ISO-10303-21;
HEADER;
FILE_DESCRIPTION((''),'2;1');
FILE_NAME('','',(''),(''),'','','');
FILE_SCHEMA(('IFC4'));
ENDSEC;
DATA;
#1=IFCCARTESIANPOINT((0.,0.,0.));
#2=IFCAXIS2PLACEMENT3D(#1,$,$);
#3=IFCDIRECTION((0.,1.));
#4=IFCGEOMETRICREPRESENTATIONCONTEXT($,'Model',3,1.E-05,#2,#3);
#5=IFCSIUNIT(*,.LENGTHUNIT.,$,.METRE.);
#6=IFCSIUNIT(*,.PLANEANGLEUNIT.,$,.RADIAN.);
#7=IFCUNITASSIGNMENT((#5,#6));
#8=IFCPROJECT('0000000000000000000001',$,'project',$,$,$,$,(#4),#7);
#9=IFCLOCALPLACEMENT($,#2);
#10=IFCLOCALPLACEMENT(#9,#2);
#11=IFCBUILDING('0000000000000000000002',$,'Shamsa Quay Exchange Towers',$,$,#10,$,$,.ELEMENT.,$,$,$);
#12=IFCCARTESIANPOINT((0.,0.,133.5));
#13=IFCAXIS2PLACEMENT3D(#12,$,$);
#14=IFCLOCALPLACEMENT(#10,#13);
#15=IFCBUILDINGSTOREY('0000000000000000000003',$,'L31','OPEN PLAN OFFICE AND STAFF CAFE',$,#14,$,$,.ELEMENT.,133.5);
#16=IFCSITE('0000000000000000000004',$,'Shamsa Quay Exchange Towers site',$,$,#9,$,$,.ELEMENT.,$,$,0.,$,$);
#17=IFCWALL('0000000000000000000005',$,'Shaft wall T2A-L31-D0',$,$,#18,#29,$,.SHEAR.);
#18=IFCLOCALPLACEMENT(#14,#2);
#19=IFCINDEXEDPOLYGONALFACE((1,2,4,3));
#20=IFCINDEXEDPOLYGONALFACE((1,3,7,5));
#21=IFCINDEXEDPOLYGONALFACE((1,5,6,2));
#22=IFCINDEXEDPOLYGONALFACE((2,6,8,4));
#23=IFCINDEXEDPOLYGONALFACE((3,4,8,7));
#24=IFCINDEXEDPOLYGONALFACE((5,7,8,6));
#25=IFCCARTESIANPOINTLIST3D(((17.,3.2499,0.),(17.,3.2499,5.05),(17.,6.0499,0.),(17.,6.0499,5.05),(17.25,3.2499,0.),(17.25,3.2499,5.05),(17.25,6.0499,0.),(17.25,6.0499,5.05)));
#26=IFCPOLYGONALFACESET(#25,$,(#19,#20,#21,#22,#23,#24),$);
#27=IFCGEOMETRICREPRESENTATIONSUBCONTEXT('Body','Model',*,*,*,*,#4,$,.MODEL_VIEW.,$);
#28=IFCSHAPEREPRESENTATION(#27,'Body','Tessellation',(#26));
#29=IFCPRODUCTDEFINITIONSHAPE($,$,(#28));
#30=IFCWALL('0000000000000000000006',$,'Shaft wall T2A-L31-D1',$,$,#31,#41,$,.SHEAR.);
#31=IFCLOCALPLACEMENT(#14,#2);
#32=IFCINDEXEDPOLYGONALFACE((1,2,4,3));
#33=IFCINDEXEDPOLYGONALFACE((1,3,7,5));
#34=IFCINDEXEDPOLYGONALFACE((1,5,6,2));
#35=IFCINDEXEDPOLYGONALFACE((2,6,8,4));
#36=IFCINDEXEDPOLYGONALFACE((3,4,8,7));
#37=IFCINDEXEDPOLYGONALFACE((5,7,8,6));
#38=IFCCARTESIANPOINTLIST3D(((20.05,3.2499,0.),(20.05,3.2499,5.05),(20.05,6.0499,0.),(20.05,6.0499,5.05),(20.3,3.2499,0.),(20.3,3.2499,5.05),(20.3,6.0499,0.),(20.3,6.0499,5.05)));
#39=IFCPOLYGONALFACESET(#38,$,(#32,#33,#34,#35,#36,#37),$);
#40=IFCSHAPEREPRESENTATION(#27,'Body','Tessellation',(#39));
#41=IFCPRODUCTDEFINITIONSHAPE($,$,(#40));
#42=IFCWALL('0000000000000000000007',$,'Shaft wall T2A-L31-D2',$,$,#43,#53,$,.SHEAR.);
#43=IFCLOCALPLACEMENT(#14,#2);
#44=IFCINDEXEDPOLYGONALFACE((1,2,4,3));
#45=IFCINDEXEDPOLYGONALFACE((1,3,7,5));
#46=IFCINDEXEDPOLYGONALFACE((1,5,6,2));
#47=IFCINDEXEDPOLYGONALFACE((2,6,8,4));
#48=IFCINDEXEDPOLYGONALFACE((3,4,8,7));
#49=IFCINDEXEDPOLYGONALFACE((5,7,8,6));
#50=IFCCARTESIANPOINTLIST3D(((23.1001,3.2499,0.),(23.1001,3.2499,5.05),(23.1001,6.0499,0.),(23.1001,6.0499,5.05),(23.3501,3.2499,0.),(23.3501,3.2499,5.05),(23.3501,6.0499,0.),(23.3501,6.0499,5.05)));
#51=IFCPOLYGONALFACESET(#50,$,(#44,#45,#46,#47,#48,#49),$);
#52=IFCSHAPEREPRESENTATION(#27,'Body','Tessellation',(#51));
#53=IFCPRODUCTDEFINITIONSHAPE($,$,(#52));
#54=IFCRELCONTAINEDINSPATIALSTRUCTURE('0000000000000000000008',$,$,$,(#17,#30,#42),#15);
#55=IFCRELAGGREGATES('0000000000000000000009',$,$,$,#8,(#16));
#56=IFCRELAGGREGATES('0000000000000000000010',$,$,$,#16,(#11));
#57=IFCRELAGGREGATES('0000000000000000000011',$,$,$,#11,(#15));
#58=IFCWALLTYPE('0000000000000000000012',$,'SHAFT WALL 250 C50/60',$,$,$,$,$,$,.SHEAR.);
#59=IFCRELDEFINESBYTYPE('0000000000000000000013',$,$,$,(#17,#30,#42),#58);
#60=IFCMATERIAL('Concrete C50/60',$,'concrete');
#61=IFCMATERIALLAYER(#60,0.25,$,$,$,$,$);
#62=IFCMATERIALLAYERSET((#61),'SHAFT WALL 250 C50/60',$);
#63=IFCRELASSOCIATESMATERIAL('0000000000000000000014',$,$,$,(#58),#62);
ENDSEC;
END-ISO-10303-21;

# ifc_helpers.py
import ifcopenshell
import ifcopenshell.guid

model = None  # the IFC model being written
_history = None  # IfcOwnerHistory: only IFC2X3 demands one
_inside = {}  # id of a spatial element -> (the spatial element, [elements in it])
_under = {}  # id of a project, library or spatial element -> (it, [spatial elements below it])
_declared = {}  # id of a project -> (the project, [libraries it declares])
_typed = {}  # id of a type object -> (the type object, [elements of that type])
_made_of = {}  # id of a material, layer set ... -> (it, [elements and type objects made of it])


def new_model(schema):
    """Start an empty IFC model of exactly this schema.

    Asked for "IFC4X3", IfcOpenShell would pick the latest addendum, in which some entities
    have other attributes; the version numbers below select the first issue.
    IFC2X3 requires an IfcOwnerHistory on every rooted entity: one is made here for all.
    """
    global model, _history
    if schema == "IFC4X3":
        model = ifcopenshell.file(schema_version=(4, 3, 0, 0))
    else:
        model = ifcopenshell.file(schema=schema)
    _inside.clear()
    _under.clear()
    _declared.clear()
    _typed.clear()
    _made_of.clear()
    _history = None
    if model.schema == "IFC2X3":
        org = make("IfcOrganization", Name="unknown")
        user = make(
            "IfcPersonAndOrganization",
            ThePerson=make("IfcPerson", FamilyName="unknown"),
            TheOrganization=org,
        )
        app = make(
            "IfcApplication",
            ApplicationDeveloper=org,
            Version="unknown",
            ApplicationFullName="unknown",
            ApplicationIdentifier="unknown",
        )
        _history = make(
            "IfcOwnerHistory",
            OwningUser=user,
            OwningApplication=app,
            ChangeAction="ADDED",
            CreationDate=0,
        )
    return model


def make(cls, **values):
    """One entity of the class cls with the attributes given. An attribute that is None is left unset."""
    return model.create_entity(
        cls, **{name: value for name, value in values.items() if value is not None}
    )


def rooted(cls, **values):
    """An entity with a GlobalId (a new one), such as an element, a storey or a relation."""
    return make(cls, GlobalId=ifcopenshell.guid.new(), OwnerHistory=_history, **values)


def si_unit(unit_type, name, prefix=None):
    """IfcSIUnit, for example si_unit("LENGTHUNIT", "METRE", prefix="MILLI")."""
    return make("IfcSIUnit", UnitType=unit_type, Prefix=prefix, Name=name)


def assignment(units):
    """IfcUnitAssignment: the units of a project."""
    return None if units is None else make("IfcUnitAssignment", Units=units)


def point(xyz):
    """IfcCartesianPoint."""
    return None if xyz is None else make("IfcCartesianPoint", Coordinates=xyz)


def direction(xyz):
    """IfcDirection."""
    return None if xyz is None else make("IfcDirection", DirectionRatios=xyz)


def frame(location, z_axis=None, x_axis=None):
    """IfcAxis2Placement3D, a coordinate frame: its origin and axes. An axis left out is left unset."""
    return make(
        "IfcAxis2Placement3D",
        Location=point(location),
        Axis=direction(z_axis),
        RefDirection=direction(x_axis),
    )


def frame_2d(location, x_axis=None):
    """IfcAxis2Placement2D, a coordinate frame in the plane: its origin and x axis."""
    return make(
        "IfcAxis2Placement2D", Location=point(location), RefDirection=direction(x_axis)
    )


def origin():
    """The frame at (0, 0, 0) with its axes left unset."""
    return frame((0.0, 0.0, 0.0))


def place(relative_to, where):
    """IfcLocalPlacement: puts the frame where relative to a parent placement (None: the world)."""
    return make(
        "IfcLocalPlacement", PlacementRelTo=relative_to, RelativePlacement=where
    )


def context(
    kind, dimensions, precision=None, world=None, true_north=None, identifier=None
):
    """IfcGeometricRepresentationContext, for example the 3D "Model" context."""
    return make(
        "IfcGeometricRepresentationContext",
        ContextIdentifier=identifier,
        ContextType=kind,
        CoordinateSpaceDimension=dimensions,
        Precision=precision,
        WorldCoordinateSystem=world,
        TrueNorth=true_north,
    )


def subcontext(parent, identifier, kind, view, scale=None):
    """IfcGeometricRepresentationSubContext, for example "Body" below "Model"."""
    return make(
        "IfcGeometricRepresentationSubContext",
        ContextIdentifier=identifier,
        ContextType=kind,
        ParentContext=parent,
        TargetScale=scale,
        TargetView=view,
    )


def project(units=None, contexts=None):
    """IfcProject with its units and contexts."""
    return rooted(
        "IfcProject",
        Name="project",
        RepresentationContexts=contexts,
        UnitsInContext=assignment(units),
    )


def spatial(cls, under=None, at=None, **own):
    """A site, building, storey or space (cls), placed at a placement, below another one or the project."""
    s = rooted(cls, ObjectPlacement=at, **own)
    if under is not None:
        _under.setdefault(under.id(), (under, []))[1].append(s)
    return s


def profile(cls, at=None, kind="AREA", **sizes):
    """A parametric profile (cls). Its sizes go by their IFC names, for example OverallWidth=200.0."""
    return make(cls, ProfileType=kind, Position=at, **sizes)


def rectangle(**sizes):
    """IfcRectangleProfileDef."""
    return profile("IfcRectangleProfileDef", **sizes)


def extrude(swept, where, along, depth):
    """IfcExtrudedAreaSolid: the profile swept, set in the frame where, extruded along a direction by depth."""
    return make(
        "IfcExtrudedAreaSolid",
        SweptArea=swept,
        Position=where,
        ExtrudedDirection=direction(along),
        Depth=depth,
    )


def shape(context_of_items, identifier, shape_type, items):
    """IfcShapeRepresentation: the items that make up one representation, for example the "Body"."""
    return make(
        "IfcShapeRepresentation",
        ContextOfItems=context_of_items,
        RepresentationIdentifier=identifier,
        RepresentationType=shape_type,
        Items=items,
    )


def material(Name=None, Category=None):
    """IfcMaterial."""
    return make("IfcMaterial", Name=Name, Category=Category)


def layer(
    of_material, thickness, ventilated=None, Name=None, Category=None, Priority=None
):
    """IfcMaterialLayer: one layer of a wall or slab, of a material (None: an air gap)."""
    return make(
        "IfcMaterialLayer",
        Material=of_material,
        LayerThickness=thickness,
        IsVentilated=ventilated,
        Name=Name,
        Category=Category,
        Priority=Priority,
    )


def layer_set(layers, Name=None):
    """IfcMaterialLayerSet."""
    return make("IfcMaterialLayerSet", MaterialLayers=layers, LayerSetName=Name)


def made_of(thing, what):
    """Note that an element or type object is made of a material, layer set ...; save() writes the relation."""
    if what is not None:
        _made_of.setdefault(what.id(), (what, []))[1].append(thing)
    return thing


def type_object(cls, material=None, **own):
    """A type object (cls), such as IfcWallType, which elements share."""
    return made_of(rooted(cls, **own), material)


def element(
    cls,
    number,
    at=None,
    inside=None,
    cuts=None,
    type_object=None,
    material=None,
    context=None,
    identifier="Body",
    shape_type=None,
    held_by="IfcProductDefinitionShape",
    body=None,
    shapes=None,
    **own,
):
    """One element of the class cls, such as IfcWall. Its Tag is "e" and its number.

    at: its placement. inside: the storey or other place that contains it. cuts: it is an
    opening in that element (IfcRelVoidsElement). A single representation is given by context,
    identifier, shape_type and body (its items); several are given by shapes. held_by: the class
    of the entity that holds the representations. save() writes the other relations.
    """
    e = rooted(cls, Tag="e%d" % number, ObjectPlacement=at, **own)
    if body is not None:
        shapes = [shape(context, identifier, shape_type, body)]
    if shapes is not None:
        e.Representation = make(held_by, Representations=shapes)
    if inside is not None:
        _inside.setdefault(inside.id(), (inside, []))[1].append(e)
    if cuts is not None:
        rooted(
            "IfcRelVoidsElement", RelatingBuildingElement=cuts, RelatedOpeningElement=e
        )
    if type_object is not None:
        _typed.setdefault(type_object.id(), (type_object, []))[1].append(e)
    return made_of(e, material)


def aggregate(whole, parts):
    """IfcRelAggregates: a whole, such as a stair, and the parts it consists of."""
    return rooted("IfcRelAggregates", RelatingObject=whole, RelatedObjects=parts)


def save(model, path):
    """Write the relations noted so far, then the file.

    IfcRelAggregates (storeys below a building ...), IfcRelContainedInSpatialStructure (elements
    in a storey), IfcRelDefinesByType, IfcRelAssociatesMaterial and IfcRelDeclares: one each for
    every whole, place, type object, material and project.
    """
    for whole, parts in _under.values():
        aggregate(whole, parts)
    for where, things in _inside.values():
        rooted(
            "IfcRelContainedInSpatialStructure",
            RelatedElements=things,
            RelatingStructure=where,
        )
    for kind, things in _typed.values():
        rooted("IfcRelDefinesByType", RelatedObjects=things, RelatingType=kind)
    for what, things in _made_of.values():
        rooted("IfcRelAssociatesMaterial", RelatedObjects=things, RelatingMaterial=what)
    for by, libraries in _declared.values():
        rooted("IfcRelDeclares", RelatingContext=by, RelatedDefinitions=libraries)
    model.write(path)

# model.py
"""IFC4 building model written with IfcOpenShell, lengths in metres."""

from ifc_helpers import new_model, si_unit, direction, frame, frame_2d, origin, place, context, subcontext, project, spatial, rectangle, extrude, material, layer, layer_set, type_object, element, save


model = new_model("IFC4")

# Units and contexts
model_context = context("Model", 3, precision=1e-05, world=origin(), true_north=direction((0.0, 1.0)))
body_context = subcontext(model_context, "Body", "Model", "MODEL_VIEW")
ifc_project = project(units=[si_unit("LENGTHUNIT", "METRE"), si_unit("PLANEANGLEUNIT", "RADIAN")], contexts=[model_context])

# Site, building, storey
site_placement = place(None, origin())
site = spatial("IfcSite", under=ifc_project, at=site_placement, Name="Shamsa Quay Exchange Towers site", CompositionType="ELEMENT", RefElevation=0.0)
building_placement = place(site_placement, origin())
building = spatial("IfcBuilding", under=site, at=building_placement, Name="Shamsa Quay Exchange Towers", CompositionType="ELEMENT")
storey_placement = place(building_placement, frame((0.0, 0.0, 133.5)))
storey = spatial("IfcBuildingStorey", under=building, at=storey_placement, Name="L31", Description="OPEN PLAN OFFICE AND STAFF CAFE", CompositionType="ELEMENT", Elevation=133.5)

# Walls
ifc_material_1 = material(Name="Concrete C50/60", Category="concrete")
ifc_layer_1 = layer(ifc_material_1, 0.25)
ifc_layer_set_1 = layer_set([ifc_layer_1], Name="SHAFT WALL 250 C50/60")
wall_type_1 = type_object("IfcWallType", Name="SHAFT WALL 250 C50/60", PredefinedType="SHEAR", material=ifc_layer_set_1)
for number, where, z_axis, x_axis, name in (
    (1, (17.125, 3.25, 0.0), (0.0, 0.0, 1.0), (0.0, 1.0, 0.0), "Shaft wall T2A-L31-D0"),
    (2, (20.175, 3.25, 0.0), (0.0, 0.0, 1.0), (0.0, 1.0, 0.0), "Shaft wall T2A-L31-D1"),
    (3, (23.2251, 3.25, 0.0), (0.0, 0.0, 1.0), (0.0, 1.0, 0.0), "Shaft wall T2A-L31-D2"),
):
    element("IfcWall", number, at=place(storey_placement, frame(where, z_axis=z_axis, x_axis=x_axis)), inside=storey, type_object=wall_type_1, Name=name, PredefinedType="SHEAR", context=body_context, shape_type="SweptSolid", body=[
        extrude(rectangle(XDim=2.8, YDim=0.25, at=frame_2d((1.3999, 0.0))), origin(), (0.0, 0.0, 1.0), 5.05),
    ])

save(model, "model.ifc")
